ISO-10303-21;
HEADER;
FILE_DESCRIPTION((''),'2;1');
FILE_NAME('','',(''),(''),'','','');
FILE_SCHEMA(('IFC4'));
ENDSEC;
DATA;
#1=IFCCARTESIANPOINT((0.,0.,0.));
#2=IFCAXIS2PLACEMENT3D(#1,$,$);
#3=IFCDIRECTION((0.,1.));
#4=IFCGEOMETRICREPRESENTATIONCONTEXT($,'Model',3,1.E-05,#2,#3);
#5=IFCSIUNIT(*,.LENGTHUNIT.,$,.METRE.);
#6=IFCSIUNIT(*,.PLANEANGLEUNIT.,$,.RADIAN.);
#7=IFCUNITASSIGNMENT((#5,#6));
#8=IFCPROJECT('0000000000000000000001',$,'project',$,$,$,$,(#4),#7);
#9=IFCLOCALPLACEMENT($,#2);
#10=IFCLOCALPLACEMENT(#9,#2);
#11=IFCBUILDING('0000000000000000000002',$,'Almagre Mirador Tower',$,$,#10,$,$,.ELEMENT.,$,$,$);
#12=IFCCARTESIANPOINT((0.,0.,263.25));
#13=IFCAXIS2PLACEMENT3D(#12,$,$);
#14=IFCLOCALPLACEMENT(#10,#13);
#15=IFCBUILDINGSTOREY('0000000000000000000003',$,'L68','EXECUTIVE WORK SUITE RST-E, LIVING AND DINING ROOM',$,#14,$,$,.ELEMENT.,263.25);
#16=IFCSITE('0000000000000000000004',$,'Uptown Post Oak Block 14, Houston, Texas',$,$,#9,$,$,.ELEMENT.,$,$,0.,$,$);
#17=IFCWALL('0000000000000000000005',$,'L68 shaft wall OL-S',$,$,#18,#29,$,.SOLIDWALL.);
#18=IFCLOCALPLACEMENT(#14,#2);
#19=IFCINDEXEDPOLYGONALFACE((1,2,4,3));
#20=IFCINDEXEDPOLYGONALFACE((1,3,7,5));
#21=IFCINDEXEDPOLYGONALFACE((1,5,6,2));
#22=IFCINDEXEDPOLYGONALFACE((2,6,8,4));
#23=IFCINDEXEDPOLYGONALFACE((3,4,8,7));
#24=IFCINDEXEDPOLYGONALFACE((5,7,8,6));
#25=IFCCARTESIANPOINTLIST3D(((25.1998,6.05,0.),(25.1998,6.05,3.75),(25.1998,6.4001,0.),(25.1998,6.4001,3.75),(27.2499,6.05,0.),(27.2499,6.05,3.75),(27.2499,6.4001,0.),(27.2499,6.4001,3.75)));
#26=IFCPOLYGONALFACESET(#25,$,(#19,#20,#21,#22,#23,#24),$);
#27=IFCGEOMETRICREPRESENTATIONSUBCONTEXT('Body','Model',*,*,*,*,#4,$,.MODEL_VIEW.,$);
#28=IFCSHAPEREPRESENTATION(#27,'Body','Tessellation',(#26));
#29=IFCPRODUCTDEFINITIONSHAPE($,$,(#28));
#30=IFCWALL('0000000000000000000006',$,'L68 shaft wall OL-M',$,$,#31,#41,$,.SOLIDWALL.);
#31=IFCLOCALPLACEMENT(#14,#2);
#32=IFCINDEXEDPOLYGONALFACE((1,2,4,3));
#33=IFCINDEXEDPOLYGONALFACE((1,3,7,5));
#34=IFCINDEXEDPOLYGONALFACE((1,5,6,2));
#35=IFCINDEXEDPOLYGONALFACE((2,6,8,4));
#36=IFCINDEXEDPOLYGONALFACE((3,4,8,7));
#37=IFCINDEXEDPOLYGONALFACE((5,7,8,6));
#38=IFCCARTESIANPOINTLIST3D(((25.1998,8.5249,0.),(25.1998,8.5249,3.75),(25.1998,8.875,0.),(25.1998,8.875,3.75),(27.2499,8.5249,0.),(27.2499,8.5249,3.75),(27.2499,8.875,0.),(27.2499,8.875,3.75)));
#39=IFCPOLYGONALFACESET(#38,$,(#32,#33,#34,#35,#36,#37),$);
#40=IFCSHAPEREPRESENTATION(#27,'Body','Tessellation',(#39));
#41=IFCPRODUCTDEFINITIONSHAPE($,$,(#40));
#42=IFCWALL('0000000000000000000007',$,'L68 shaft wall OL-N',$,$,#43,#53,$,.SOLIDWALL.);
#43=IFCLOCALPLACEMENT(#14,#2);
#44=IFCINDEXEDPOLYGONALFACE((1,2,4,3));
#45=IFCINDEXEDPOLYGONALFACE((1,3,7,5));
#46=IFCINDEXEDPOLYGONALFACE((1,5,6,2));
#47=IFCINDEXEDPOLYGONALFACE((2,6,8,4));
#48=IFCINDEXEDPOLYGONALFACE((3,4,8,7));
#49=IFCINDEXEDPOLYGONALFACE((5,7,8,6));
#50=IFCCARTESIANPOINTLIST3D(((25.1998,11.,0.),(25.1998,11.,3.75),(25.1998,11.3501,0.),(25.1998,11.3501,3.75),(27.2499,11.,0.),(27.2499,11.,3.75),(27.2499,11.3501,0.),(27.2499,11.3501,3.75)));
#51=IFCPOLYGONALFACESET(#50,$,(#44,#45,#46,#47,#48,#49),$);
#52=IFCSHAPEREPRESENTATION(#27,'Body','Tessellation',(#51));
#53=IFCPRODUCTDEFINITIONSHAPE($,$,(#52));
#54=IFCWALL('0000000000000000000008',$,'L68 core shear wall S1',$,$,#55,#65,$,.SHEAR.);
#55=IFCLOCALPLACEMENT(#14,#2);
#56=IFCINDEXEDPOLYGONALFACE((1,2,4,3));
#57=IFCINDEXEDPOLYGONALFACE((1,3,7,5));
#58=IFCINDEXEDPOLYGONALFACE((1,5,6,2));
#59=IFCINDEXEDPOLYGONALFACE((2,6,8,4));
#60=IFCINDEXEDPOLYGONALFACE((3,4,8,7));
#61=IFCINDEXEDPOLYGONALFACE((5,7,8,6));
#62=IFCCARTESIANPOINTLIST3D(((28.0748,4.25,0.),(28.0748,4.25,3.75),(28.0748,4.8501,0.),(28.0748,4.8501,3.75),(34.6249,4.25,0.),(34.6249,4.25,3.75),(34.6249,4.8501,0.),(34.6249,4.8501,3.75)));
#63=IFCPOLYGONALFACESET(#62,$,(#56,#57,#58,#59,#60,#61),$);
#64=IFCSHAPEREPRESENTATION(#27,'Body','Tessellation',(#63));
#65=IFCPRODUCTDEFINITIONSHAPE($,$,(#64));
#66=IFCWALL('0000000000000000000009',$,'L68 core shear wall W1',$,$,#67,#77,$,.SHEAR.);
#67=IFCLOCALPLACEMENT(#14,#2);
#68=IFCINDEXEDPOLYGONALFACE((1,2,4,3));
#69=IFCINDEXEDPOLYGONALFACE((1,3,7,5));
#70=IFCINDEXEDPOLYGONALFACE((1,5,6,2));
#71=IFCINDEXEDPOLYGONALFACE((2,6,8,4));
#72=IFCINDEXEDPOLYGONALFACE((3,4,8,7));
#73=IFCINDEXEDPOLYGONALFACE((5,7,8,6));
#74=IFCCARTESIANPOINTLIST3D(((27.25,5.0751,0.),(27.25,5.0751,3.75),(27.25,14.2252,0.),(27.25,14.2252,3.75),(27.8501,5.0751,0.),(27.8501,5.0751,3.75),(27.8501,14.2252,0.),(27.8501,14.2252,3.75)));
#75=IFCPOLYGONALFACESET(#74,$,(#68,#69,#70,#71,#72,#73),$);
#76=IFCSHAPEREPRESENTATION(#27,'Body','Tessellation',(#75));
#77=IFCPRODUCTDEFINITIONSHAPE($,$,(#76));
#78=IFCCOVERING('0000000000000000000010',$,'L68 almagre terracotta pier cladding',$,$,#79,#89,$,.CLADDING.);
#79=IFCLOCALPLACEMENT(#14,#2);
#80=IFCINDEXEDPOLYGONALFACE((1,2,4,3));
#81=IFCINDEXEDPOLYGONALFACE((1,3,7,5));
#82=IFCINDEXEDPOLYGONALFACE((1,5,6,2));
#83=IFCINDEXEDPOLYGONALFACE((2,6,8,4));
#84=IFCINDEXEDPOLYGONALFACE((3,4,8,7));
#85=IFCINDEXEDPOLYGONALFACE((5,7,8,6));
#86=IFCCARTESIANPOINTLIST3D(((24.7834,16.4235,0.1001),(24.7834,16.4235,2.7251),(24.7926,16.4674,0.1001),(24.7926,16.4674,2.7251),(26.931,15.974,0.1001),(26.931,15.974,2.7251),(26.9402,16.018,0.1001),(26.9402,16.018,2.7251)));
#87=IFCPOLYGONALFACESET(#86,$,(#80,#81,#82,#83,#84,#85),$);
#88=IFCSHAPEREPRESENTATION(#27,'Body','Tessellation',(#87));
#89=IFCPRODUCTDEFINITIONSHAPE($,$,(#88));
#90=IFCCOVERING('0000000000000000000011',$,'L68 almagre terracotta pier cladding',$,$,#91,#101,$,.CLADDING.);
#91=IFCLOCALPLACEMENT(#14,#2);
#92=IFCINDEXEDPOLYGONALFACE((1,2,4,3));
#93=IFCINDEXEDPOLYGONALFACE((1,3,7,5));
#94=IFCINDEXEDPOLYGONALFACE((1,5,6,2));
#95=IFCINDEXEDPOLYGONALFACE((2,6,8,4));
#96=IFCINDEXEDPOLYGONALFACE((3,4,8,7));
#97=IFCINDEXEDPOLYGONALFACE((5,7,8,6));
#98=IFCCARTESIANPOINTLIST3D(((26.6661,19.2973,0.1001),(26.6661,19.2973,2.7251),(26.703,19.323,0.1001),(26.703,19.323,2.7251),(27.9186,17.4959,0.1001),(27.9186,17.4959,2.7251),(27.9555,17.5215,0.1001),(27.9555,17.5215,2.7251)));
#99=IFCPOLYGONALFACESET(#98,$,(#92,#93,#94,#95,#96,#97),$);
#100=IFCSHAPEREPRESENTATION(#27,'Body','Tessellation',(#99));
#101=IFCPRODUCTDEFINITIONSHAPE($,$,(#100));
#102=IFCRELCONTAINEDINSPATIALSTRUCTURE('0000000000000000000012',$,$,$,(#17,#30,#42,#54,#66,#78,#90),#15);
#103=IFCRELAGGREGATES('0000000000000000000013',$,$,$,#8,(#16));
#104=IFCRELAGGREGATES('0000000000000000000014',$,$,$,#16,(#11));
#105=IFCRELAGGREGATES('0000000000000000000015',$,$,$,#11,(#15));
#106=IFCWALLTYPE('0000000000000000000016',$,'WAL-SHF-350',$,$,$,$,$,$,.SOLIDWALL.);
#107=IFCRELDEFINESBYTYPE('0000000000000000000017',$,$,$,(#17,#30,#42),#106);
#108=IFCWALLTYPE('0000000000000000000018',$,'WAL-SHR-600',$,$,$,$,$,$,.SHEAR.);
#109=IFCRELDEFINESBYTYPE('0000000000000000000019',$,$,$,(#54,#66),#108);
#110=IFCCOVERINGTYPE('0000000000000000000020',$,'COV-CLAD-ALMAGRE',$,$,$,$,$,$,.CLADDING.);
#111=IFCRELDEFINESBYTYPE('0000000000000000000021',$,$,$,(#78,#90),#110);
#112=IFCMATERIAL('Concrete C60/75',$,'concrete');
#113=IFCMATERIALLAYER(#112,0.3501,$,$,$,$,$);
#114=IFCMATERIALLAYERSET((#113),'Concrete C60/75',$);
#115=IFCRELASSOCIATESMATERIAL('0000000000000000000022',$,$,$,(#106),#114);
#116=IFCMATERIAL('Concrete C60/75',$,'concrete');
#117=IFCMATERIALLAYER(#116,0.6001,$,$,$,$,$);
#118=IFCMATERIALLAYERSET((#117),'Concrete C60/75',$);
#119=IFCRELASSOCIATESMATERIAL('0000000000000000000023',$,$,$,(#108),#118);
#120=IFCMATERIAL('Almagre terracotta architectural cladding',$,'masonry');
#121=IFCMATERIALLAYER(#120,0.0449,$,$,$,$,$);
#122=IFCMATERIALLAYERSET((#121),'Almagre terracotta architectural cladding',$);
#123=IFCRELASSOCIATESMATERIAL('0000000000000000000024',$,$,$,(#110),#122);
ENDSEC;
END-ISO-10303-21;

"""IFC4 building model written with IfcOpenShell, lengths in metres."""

from ifc_helpers import new_model, si_unit, direction, frame, frame_2d, origin, origin_2d, place, context, subcontext, project, spatial, rectangle, extrude, material, layer, layer_set, type_object, element, save


model = new_model("IFC4")

# Units and contexts
model_context = context("Model", 3, precision=1e-05, world=origin(), true_north=direction((0.0, 1.0)))
body_context = subcontext(model_context, "Body", "Model", "MODEL_VIEW")
ifc_project = project(units=[si_unit("LENGTHUNIT", "METRE"), si_unit("PLANEANGLEUNIT", "RADIAN")], contexts=[model_context])

# Site, building, storey
site_placement = place(None, origin())
site = spatial("IfcSite", under=ifc_project, at=site_placement, Name="Uptown Post Oak Block 14, Houston, Texas", CompositionType="ELEMENT", RefElevation=0.0)
building_placement = place(site_placement, origin())
building = spatial("IfcBuilding", under=site, at=building_placement, Name="Almagre Mirador Tower", CompositionType="ELEMENT")
storey_placement = place(building_placement, frame((0.0, 0.0, 263.25)))
storey = spatial("IfcBuildingStorey", under=building, at=storey_placement, Name="L68", Description="EXECUTIVE WORK SUITE RST-E, LIVING AND DINING ROOM", CompositionType="ELEMENT", Elevation=263.25)

# Walls
ifc_material_1 = material(Name="Concrete C60/75", Category="concrete")
ifc_layer_1 = layer(ifc_material_1, 0.3501)
ifc_layer_set_1 = layer_set([ifc_layer_1], Name="Concrete C60/75")
wall_type_1 = type_object("IfcWallType", Name="WAL-SHF-350", PredefinedType="SOLIDWALL", material=ifc_layer_set_1)
for number, where, z_axis, x_axis, name in (
    (1, (25.2, 6.2251, 0.0), (0.0, 0.0, 1.0), (1.0, 0.0, 0.0), "L68 shaft wall OL-S"),
    (2, (25.2, 8.7, 0.0), (0.0, 0.0, 1.0), (1.0, 0.0, 0.0), "L68 shaft wall OL-M"),
    (3, (25.2, 11.175, 0.0), (0.0, 0.0, 1.0), (1.0, 0.0, 0.0), "L68 shaft wall OL-N"),
):
    element("IfcWall", number, at=place(storey_placement, frame(where, z_axis=z_axis, x_axis=x_axis)), inside=storey, type_object=wall_type_1, Name=name, PredefinedType="SOLIDWALL", context=body_context, shape_type="SweptSolid", body=[
        extrude(rectangle(XDim=2.05, YDim=0.3501, at=frame_2d((1.0249, 0.0))), origin(), (0.0, 0.0, 1.0), 3.75),
    ])
ifc_material_2 = material(Name="Concrete C60/75", Category="concrete")
ifc_layer_2 = layer(ifc_material_2, 0.6001)
ifc_layer_set_2 = layer_set([ifc_layer_2], Name="Concrete C60/75")
wall_type_2 = type_object("IfcWallType", Name="WAL-SHR-600", PredefinedType="SHEAR", material=ifc_layer_set_2)
wall_1_placement = place(storey_placement, frame((28.075, 4.55, 0.0), z_axis=(0.0, 0.0, 1.0), x_axis=(1.0, 0.0, 0.0)))
element("IfcWall", 4, at=wall_1_placement, inside=storey, type_object=wall_type_2, Name="L68 core shear wall S1", PredefinedType="SHEAR", context=body_context, shape_type="SweptSolid", body=[
    extrude(rectangle(XDim=6.55, YDim=0.6001, at=frame_2d((3.2749, 0.0))), origin(), (0.0, 0.0, 1.0), 3.75),
])

# Wall
wall_2_placement = place(storey_placement, frame((27.55, 5.075, 0.0), z_axis=(0.0, 0.0, 1.0), x_axis=(0.0, 1.0, 0.0)))
element("IfcWall", 5, at=wall_2_placement, inside=storey, type_object=wall_type_2, Name="L68 core shear wall W1", PredefinedType="SHEAR", context=body_context, shape_type="SweptSolid", body=[
    extrude(rectangle(XDim=9.1501, YDim=0.6001, at=frame_2d((4.5752, 0.0))), origin(), (0.0, 0.0, 1.0), 3.75),
])

# Coverings
ifc_material_3 = material(Name="Almagre terracotta architectural cladding", Category="masonry")
ifc_layer_3 = layer(ifc_material_3, 0.0449)
ifc_layer_set_3 = layer_set([ifc_layer_3], Name="Almagre terracotta architectural cladding")
covering_type = type_object("IfcCoveringType", Name="COV-CLAD-ALMAGRE", PredefinedType="CLADDING", material=ifc_layer_set_3)
for number, where, z_axis, x_axis, name in (
    (6, (25.8618, 16.2207, 0.1001), (0.0, 0.0, 1.0), (0.978792, -0.204855, 0.0), "L68 almagre terracotta pier cladding"),
    (7, (27.3108, 18.4094, 0.1001), (0.0, 0.0, 1.0), (-0.570857, 0.82105, 0.0), "L68 almagre terracotta pier cladding"),
):
    element("IfcCovering", number, at=place(storey_placement, frame(where, z_axis=z_axis, x_axis=x_axis)), inside=storey, type_object=covering_type, Name=name, PredefinedType="CLADDING", context=body_context, shape_type="SweptSolid", body=[
        extrude(rectangle(XDim=2.1941, YDim=0.0449, at=origin_2d()), origin(), (0.0, 0.0, 1.0), 2.625),
    ])

save(model, "model.ifc")
